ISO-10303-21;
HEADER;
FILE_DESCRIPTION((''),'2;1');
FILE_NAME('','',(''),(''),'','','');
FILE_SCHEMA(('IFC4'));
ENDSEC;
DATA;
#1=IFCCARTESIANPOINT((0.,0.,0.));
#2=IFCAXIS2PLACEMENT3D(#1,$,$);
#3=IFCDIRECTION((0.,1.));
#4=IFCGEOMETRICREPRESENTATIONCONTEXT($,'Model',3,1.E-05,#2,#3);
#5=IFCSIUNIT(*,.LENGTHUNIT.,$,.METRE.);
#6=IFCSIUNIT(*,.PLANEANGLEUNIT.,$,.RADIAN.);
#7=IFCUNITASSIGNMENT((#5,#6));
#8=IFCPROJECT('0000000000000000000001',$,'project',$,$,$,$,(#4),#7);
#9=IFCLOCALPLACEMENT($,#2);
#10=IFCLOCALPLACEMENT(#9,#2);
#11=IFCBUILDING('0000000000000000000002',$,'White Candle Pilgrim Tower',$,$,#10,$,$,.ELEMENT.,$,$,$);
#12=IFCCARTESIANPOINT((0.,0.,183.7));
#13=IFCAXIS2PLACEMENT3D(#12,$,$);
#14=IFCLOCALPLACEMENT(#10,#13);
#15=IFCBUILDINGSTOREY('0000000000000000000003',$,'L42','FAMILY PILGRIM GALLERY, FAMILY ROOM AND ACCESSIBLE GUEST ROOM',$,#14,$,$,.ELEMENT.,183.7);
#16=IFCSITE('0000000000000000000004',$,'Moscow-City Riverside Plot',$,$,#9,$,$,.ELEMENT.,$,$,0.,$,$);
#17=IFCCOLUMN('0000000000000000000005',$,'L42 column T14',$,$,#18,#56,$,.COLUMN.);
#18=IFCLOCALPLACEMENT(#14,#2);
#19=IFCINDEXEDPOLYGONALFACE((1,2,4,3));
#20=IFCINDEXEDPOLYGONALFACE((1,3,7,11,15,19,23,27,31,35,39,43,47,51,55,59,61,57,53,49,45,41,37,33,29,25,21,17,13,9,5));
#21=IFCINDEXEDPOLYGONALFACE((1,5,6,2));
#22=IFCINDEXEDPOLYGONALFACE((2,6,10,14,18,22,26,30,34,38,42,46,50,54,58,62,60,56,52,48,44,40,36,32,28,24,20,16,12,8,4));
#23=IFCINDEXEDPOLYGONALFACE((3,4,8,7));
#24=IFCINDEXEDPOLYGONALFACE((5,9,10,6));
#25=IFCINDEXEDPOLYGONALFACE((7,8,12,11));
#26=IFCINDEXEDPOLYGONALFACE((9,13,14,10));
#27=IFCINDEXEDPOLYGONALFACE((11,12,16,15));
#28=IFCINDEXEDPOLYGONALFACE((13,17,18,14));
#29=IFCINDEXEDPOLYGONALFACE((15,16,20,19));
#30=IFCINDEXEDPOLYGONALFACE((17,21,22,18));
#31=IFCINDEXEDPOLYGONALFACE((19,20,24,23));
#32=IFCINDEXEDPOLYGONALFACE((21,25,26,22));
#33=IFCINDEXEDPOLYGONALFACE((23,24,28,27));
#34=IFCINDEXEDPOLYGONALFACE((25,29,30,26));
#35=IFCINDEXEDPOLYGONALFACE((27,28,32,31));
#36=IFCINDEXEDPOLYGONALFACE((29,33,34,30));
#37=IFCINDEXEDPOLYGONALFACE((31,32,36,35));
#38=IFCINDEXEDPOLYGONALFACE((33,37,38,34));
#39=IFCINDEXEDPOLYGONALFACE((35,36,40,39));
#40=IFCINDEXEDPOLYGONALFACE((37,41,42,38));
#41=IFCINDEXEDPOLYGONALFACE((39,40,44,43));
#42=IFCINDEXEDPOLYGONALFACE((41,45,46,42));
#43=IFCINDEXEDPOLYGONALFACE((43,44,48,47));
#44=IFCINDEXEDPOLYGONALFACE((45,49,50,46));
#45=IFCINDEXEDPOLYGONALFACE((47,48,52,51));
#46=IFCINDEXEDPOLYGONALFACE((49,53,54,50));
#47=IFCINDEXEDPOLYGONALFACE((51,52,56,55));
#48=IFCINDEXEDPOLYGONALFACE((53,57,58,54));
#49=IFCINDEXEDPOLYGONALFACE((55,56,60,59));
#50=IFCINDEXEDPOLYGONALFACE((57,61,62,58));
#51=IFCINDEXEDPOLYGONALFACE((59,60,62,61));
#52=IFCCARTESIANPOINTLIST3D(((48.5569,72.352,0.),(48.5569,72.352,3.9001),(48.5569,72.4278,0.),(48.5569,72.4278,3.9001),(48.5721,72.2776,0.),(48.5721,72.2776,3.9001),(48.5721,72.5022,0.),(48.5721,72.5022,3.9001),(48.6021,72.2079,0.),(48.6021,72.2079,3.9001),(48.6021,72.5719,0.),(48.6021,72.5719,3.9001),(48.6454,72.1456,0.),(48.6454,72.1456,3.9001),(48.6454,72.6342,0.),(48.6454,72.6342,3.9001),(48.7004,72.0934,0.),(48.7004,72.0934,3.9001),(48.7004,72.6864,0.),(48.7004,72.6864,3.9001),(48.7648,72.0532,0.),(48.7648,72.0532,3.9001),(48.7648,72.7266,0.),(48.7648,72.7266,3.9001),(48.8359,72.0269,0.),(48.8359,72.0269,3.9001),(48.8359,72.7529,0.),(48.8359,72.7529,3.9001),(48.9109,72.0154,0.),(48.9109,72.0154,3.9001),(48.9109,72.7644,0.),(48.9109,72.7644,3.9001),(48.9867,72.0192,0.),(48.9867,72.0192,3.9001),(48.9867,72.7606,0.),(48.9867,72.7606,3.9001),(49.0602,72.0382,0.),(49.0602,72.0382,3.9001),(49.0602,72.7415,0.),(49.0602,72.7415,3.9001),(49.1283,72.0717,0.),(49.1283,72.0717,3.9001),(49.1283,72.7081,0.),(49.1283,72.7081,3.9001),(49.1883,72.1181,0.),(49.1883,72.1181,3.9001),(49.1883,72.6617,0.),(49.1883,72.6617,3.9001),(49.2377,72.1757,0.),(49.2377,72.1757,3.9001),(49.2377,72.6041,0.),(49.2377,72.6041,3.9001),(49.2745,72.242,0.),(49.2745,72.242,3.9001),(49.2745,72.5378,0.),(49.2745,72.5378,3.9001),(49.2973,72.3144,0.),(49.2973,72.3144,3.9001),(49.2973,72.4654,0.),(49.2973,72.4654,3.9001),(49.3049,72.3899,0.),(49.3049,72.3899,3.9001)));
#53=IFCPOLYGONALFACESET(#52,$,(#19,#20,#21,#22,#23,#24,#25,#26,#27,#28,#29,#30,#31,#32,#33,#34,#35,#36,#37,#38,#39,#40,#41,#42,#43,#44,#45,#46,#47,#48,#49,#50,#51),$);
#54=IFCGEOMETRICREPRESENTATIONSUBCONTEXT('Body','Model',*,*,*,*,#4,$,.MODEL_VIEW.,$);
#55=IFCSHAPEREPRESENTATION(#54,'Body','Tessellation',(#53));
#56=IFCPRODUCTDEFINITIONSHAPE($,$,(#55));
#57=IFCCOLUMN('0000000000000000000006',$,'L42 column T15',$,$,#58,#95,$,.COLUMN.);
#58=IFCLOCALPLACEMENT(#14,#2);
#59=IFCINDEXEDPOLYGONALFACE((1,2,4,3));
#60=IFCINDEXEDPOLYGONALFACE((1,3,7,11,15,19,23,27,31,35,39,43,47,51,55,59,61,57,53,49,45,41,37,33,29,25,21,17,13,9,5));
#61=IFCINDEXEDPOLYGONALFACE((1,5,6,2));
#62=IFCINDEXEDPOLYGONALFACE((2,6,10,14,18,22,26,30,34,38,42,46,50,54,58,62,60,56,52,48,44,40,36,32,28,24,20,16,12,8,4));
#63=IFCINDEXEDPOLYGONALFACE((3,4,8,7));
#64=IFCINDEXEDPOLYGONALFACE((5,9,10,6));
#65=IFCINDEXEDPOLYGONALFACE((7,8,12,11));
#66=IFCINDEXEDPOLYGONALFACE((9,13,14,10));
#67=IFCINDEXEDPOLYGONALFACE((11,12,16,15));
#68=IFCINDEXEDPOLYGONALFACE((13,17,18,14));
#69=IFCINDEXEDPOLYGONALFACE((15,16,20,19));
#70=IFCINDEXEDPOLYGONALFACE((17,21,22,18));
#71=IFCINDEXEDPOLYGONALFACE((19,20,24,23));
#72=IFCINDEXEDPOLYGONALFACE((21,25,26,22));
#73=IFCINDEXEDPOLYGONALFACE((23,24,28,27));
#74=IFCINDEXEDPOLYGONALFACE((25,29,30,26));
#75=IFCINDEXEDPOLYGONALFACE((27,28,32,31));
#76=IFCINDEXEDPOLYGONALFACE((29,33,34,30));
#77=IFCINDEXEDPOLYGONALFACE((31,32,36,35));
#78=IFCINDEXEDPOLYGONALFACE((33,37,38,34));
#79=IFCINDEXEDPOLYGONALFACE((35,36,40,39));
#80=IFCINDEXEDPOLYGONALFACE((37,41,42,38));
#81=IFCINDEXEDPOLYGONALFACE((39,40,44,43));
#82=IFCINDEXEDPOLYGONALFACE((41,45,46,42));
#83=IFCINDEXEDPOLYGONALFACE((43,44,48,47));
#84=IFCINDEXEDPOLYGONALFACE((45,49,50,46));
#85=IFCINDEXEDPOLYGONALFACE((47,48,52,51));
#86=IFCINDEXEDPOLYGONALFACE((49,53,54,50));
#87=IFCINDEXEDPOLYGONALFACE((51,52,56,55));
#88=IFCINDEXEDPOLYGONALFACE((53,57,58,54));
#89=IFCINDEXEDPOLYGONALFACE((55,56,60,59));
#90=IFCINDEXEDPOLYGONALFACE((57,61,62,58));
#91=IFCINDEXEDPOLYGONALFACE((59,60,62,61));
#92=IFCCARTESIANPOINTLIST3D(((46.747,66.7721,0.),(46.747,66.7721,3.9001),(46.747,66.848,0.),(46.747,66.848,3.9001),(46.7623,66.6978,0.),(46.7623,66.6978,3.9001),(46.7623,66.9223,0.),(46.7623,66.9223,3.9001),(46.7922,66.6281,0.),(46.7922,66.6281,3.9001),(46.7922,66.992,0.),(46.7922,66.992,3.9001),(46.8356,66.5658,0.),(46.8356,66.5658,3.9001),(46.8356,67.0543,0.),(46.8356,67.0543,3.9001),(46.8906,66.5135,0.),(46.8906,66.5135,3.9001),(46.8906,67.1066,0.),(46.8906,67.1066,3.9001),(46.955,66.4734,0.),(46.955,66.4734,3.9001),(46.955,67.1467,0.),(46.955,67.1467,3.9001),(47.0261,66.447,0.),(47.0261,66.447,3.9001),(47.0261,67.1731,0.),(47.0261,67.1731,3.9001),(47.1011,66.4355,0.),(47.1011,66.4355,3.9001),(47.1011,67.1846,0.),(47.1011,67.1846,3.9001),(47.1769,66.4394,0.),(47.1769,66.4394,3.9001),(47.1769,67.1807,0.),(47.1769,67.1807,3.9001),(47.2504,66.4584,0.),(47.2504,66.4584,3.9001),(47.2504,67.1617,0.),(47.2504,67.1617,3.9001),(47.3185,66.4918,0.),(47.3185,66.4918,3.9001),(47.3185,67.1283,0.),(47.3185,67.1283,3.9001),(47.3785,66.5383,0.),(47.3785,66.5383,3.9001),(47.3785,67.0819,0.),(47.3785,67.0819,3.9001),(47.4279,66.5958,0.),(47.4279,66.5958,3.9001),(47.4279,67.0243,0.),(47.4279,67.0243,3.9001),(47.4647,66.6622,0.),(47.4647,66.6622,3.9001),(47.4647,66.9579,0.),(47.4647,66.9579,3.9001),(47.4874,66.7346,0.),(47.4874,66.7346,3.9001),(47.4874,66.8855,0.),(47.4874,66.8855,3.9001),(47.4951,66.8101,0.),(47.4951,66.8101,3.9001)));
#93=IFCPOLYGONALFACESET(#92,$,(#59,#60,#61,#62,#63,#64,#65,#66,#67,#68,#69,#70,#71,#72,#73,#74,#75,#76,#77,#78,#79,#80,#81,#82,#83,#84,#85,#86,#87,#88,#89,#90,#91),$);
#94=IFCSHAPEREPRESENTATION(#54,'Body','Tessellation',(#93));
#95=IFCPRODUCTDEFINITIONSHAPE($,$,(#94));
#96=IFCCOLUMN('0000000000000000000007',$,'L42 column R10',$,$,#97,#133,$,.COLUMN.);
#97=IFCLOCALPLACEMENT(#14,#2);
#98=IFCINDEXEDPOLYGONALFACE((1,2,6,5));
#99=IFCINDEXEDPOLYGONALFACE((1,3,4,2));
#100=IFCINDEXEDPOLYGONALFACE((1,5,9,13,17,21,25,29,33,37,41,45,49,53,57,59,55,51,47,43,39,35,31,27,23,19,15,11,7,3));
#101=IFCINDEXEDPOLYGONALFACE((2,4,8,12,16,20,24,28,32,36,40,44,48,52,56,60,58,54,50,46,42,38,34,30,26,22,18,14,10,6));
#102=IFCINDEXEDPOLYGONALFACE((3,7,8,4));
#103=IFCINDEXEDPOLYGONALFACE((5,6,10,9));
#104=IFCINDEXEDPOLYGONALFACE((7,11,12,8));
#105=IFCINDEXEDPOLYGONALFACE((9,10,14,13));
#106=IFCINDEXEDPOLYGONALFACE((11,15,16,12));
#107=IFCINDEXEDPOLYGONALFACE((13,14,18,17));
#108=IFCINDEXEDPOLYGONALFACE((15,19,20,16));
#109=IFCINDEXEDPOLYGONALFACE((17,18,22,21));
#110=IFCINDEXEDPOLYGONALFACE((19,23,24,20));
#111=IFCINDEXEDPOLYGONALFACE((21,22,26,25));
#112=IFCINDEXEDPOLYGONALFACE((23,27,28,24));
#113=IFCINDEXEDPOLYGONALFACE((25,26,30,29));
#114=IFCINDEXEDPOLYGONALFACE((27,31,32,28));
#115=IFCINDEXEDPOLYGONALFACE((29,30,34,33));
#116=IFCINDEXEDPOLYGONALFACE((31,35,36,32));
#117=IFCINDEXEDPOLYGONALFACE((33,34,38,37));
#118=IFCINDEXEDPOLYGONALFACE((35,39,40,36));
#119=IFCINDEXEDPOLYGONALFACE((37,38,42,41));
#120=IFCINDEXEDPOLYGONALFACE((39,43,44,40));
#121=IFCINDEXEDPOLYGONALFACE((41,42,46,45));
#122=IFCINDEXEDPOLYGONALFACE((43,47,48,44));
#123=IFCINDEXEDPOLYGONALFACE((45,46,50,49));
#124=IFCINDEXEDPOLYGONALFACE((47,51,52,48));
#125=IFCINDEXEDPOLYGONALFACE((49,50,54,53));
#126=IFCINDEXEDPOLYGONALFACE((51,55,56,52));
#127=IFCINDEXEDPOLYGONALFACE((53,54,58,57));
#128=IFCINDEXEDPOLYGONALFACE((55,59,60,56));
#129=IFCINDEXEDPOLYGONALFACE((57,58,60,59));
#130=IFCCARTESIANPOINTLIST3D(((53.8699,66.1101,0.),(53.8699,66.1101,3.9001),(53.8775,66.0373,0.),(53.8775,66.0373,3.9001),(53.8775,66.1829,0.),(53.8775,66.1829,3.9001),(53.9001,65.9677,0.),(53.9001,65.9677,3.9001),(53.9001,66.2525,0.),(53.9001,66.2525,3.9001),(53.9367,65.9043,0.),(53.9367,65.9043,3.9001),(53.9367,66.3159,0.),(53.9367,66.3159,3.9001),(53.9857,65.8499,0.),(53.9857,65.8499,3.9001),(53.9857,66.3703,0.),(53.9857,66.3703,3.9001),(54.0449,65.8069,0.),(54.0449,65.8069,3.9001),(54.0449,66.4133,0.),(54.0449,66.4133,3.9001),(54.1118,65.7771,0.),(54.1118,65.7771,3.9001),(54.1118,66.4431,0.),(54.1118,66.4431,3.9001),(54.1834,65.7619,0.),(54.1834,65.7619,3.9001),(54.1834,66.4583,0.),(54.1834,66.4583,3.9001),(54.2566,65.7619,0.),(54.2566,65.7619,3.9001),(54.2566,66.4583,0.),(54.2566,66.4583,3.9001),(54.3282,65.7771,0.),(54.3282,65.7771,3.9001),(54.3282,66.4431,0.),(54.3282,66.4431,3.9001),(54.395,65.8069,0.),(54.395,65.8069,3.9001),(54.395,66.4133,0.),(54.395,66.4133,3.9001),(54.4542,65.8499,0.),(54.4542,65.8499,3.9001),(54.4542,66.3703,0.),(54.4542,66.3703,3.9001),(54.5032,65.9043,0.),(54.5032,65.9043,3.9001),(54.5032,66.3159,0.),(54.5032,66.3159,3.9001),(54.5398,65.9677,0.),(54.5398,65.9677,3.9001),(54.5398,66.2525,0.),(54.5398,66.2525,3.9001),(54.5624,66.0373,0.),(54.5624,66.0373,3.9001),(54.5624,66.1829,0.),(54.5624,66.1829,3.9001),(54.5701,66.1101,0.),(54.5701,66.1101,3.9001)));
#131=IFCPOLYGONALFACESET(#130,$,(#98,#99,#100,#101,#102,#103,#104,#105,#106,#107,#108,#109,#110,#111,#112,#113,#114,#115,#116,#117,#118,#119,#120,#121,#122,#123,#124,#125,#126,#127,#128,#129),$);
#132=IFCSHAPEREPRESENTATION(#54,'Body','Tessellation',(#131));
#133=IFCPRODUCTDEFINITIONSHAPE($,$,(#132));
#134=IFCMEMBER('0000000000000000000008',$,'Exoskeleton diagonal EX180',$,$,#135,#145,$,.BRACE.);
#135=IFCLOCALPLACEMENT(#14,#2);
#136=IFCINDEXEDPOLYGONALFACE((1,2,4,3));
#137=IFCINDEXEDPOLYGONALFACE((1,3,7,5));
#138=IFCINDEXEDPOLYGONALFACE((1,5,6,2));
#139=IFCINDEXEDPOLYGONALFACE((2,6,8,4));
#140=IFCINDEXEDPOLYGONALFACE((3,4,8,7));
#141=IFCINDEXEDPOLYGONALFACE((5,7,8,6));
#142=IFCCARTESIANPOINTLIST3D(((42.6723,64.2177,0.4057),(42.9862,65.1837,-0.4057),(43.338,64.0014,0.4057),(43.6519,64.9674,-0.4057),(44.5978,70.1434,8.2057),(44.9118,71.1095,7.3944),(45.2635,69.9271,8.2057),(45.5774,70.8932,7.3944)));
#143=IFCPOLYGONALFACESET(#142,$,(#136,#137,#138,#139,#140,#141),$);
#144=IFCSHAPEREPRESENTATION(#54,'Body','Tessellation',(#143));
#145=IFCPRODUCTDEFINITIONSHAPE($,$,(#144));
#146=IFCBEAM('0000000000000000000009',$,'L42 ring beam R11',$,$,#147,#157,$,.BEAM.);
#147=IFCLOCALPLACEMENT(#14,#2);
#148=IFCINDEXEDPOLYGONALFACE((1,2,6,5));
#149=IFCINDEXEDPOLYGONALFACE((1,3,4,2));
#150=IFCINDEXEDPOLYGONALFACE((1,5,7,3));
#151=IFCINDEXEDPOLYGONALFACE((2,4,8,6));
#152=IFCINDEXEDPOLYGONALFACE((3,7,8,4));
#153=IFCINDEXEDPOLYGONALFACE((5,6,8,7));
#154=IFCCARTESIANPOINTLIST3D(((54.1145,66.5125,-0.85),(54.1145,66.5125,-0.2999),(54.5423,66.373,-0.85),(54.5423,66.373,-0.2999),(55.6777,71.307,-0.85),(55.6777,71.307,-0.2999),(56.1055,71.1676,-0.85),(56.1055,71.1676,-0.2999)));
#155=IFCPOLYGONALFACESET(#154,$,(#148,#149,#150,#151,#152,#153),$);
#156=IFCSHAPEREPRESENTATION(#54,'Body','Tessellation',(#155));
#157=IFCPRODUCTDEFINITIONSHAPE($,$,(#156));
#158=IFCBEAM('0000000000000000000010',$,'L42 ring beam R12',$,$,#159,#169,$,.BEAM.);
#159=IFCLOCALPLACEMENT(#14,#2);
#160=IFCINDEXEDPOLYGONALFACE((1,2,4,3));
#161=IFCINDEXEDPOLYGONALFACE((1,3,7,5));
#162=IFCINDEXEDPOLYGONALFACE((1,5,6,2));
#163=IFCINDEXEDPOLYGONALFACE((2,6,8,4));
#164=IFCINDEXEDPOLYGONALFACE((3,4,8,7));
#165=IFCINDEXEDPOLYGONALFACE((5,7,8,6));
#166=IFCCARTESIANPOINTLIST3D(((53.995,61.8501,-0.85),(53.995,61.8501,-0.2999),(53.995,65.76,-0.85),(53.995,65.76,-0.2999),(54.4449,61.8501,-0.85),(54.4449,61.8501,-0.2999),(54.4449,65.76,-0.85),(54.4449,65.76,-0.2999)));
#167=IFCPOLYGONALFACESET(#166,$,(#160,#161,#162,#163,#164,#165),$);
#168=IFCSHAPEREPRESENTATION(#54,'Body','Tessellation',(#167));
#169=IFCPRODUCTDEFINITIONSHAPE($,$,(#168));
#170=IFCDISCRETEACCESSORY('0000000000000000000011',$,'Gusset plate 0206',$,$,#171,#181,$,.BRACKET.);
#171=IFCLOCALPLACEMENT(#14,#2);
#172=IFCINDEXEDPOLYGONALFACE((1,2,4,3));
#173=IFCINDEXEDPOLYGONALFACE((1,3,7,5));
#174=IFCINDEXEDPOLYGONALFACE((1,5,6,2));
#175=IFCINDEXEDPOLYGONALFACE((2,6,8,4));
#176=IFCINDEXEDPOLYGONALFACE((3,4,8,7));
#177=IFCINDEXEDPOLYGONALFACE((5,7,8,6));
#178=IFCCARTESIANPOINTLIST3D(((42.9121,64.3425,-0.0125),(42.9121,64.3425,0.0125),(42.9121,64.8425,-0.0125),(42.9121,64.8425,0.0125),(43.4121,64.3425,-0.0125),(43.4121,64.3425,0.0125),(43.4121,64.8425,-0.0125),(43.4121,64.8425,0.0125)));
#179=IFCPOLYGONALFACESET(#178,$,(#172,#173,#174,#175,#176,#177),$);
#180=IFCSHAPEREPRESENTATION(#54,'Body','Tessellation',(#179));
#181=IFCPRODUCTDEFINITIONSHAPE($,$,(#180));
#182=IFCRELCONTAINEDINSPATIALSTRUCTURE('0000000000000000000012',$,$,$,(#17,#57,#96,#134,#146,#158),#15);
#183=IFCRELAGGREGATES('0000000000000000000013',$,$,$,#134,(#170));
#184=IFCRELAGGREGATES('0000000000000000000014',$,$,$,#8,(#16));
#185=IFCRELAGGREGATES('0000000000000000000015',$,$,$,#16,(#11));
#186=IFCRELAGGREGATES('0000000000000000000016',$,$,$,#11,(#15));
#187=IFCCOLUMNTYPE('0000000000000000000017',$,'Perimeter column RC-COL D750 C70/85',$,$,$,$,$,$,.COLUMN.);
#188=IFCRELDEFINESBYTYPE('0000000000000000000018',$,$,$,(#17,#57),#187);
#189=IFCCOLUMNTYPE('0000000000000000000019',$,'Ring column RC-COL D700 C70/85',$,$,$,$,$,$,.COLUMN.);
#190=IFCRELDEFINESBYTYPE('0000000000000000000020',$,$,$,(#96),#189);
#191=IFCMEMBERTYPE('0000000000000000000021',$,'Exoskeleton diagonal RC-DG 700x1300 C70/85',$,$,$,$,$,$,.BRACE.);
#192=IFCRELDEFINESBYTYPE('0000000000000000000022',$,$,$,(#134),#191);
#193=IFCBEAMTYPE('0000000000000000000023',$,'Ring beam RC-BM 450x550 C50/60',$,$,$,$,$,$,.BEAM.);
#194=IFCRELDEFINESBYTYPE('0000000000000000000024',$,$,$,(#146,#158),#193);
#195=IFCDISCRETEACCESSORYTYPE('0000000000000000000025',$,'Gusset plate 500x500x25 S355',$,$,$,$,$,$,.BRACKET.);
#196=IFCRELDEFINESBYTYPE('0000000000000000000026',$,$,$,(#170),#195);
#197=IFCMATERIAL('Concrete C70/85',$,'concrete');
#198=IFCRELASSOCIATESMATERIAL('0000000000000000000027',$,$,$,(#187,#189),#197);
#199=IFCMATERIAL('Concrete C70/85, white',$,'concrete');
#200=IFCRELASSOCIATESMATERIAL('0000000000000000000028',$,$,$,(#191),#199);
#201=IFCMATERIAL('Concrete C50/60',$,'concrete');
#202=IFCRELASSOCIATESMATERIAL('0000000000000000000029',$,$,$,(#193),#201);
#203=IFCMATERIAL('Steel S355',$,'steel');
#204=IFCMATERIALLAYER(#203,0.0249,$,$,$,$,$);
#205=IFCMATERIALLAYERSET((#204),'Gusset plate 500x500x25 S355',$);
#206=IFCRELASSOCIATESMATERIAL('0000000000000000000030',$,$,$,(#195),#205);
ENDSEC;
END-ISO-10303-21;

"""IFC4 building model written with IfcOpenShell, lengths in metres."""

from ifc_helpers import new_model, si_unit, direction, frame, origin, origin_2d, place, context, subcontext, project, spatial, rectangle, circle, extrude, material, layer, layer_set, material_profile, profile_set, type_object, element, aggregate, save


model = new_model("IFC4")

# Units and contexts
model_context = context("Model", 3, precision=1e-05, world=origin(), true_north=direction((0.0, 1.0)))
body_context = subcontext(model_context, "Body", "Model", "MODEL_VIEW")
ifc_project = project(units=[si_unit("LENGTHUNIT", "METRE"), si_unit("PLANEANGLEUNIT", "RADIAN")], contexts=[model_context])

# Site, building, storey
site_placement = place(None, origin())
site = spatial("IfcSite", under=ifc_project, at=site_placement, Name="Moscow-City Riverside Plot", CompositionType="ELEMENT", RefElevation=0.0)
building_placement = place(site_placement, origin())
building = spatial("IfcBuilding", under=site, at=building_placement, Name="White Candle Pilgrim Tower", CompositionType="ELEMENT")
storey_placement = place(building_placement, frame((0.0, 0.0, 183.7)))
storey = spatial("IfcBuildingStorey", under=building, at=storey_placement, Name="L42", Description="FAMILY PILGRIM GALLERY, FAMILY ROOM AND ACCESSIBLE GUEST ROOM", CompositionType="ELEMENT", Elevation=183.7)

# Columns
ifc_material_1 = material(Name="Concrete C70/85", Category="concrete")
ifc_material_profile_1 = material_profile(ifc_material_1, circle(Radius=0.375, at=origin_2d()), Name="RC-COL D750")
ifc_profile_set_1 = profile_set([ifc_material_profile_1], Name="Concrete C70/85")
column_type_1 = type_object("IfcColumnType", Name="Perimeter column RC-COL D750 C70/85", PredefinedType="COLUMN", material=ifc_profile_set_1)
for number, where, z_axis, x_axis, name in (
    (1, (48.9299, 72.3899, 0.0), (0.0, 0.0, 1.0), (1.0, 0.0, 0.0), "L42 column T14"),
    (2, (47.1201, 66.8101, 0.0), (0.0, 0.0, 1.0), (1.0, 0.0, 0.0), "L42 column T15"),
):
    element("IfcColumn", number, at=place(storey_placement, frame(where, z_axis=z_axis, x_axis=x_axis)), inside=storey, type_object=column_type_1, Name=name, PredefinedType="COLUMN", context=body_context, shape_type="SweptSolid", body=[
        extrude(circle(Radius=0.375, at=origin_2d()), origin(), (0.0, 0.0, 1.0), 3.9001),
    ])
ifc_material_profile_2 = material_profile(ifc_material_1, circle(Radius=0.3501, at=origin_2d()), Name="RC-COL D700")
ifc_profile_set_2 = profile_set([ifc_material_profile_2], Name="Concrete C70/85")
column_type_2 = type_object("IfcColumnType", Name="Ring column RC-COL D700 C70/85", PredefinedType="COLUMN", material=ifc_profile_set_2)
column_placement = place(storey_placement, frame((54.22, 66.1101, 0.0), z_axis=(0.0, 0.0, 1.0), x_axis=(1.0, 0.0, 0.0)))
element("IfcColumn", 3, at=column_placement, inside=storey, type_object=column_type_2, Name="L42 column R10", PredefinedType="COLUMN", context=body_context, shape_type="SweptSolid", body=[
    extrude(circle(Radius=0.3501, at=origin_2d()), origin(), (0.0, 0.0, 1.0), 3.9001),
])

# Member
ifc_material_2 = material(Name="Concrete C70/85, white", Category="concrete")
ifc_material_profile_3 = material_profile(ifc_material_2, rectangle(XDim=0.7, YDim=1.3, at=origin_2d()), Name="RC-DG 700x1300")
ifc_profile_set_3 = profile_set([ifc_material_profile_3], Name="Concrete C70/85, white")
member_type = type_object("IfcMemberType", Name="Exoskeleton diagonal RC-DG 700x1300 C70/85", PredefinedType="BRACE", material=ifc_profile_set_3)
member_placement = place(storey_placement, frame((43.1621, 64.5925, 0.0), z_axis=(0.192879, 0.593578, 0.781321), x_axis=(-0.95105, 0.309036, 0.0)))
member = element("IfcMember", 4, at=member_placement, inside=storey, type_object=member_type, Name="Exoskeleton diagonal EX180", PredefinedType="BRACE", context=body_context, shape_type="SweptSolid", body=[
    extrude(rectangle(XDim=0.7, YDim=1.3, at=origin_2d()), origin(), (0.0, 0.0, 1.0), 9.9832),
])

# Beams
ifc_material_3 = material(Name="Concrete C50/60", Category="concrete")
ifc_material_profile_4 = material_profile(ifc_material_3, rectangle(XDim=0.45, YDim=0.55, at=origin_2d()), Name="RC-BM 450x550")
ifc_profile_set_4 = profile_set([ifc_material_profile_4], Name="Concrete C50/60")
beam_type_1 = type_object("IfcBeamType", Name="Ring beam RC-BM 450x550 C50/60", PredefinedType="BEAM", material=ifc_profile_set_4)
beam_1_placement = place(storey_placement, frame((55.8916, 71.2373, -0.575), z_axis=(-0.309976, -0.950744, 0.0), x_axis=(0.950744, -0.309976, 0.0)))
element("IfcBeam", 5, at=beam_1_placement, inside=storey, type_object=beam_type_1, Name="L42 ring beam R11", PredefinedType="BEAM", context=body_context, shape_type="SweptSolid", body=[
    extrude(rectangle(XDim=0.45, YDim=0.55, at=origin_2d()), origin(), (0.0, 0.0, 1.0), 5.043),
])
beam_2_placement = place(storey_placement, frame((54.22, 65.76, -0.575), z_axis=(0.0, -1.0, 0.0), x_axis=(1.0, 0.0, 0.0)))
element("IfcBeam", 6, at=beam_2_placement, inside=storey, type_object=beam_type_1, Name="L42 ring beam R12", PredefinedType="BEAM", context=body_context, shape_type="SweptSolid", body=[
    extrude(rectangle(XDim=0.45, YDim=0.55, at=origin_2d()), origin(), (0.0, 0.0, 1.0), 3.9099),
])

# Discrete accessory
ifc_material_4 = material(Name="Steel S355", Category="steel")
ifc_layer_1 = layer(ifc_material_4, 0.0249)
ifc_layer_set_1 = layer_set([ifc_layer_1], Name="Gusset plate 500x500x25 S355")
discrete_accessory_type = type_object("IfcDiscreteAccessoryType", Name="Gusset plate 500x500x25 S355", PredefinedType="BRACKET", material=ifc_layer_set_1)
discrete_accessory_placement = place(storey_placement, frame((43.1621, 64.5925, -0.0125), z_axis=(0.0, 0.0, 1.0), x_axis=(1.0, 0.0, 0.0)))
discrete_accessory = element("IfcDiscreteAccessory", 7, at=discrete_accessory_placement, type_object=discrete_accessory_type, Name="Gusset plate 0206", PredefinedType="BRACKET", context=body_context, shape_type="SweptSolid", body=[
    extrude(rectangle(XDim=0.5, YDim=0.5, at=origin_2d()), origin(), (0.0, 0.0, 1.0), 0.0249),
])
aggregate(member, [discrete_accessory])

save(model, "model.ifc")
